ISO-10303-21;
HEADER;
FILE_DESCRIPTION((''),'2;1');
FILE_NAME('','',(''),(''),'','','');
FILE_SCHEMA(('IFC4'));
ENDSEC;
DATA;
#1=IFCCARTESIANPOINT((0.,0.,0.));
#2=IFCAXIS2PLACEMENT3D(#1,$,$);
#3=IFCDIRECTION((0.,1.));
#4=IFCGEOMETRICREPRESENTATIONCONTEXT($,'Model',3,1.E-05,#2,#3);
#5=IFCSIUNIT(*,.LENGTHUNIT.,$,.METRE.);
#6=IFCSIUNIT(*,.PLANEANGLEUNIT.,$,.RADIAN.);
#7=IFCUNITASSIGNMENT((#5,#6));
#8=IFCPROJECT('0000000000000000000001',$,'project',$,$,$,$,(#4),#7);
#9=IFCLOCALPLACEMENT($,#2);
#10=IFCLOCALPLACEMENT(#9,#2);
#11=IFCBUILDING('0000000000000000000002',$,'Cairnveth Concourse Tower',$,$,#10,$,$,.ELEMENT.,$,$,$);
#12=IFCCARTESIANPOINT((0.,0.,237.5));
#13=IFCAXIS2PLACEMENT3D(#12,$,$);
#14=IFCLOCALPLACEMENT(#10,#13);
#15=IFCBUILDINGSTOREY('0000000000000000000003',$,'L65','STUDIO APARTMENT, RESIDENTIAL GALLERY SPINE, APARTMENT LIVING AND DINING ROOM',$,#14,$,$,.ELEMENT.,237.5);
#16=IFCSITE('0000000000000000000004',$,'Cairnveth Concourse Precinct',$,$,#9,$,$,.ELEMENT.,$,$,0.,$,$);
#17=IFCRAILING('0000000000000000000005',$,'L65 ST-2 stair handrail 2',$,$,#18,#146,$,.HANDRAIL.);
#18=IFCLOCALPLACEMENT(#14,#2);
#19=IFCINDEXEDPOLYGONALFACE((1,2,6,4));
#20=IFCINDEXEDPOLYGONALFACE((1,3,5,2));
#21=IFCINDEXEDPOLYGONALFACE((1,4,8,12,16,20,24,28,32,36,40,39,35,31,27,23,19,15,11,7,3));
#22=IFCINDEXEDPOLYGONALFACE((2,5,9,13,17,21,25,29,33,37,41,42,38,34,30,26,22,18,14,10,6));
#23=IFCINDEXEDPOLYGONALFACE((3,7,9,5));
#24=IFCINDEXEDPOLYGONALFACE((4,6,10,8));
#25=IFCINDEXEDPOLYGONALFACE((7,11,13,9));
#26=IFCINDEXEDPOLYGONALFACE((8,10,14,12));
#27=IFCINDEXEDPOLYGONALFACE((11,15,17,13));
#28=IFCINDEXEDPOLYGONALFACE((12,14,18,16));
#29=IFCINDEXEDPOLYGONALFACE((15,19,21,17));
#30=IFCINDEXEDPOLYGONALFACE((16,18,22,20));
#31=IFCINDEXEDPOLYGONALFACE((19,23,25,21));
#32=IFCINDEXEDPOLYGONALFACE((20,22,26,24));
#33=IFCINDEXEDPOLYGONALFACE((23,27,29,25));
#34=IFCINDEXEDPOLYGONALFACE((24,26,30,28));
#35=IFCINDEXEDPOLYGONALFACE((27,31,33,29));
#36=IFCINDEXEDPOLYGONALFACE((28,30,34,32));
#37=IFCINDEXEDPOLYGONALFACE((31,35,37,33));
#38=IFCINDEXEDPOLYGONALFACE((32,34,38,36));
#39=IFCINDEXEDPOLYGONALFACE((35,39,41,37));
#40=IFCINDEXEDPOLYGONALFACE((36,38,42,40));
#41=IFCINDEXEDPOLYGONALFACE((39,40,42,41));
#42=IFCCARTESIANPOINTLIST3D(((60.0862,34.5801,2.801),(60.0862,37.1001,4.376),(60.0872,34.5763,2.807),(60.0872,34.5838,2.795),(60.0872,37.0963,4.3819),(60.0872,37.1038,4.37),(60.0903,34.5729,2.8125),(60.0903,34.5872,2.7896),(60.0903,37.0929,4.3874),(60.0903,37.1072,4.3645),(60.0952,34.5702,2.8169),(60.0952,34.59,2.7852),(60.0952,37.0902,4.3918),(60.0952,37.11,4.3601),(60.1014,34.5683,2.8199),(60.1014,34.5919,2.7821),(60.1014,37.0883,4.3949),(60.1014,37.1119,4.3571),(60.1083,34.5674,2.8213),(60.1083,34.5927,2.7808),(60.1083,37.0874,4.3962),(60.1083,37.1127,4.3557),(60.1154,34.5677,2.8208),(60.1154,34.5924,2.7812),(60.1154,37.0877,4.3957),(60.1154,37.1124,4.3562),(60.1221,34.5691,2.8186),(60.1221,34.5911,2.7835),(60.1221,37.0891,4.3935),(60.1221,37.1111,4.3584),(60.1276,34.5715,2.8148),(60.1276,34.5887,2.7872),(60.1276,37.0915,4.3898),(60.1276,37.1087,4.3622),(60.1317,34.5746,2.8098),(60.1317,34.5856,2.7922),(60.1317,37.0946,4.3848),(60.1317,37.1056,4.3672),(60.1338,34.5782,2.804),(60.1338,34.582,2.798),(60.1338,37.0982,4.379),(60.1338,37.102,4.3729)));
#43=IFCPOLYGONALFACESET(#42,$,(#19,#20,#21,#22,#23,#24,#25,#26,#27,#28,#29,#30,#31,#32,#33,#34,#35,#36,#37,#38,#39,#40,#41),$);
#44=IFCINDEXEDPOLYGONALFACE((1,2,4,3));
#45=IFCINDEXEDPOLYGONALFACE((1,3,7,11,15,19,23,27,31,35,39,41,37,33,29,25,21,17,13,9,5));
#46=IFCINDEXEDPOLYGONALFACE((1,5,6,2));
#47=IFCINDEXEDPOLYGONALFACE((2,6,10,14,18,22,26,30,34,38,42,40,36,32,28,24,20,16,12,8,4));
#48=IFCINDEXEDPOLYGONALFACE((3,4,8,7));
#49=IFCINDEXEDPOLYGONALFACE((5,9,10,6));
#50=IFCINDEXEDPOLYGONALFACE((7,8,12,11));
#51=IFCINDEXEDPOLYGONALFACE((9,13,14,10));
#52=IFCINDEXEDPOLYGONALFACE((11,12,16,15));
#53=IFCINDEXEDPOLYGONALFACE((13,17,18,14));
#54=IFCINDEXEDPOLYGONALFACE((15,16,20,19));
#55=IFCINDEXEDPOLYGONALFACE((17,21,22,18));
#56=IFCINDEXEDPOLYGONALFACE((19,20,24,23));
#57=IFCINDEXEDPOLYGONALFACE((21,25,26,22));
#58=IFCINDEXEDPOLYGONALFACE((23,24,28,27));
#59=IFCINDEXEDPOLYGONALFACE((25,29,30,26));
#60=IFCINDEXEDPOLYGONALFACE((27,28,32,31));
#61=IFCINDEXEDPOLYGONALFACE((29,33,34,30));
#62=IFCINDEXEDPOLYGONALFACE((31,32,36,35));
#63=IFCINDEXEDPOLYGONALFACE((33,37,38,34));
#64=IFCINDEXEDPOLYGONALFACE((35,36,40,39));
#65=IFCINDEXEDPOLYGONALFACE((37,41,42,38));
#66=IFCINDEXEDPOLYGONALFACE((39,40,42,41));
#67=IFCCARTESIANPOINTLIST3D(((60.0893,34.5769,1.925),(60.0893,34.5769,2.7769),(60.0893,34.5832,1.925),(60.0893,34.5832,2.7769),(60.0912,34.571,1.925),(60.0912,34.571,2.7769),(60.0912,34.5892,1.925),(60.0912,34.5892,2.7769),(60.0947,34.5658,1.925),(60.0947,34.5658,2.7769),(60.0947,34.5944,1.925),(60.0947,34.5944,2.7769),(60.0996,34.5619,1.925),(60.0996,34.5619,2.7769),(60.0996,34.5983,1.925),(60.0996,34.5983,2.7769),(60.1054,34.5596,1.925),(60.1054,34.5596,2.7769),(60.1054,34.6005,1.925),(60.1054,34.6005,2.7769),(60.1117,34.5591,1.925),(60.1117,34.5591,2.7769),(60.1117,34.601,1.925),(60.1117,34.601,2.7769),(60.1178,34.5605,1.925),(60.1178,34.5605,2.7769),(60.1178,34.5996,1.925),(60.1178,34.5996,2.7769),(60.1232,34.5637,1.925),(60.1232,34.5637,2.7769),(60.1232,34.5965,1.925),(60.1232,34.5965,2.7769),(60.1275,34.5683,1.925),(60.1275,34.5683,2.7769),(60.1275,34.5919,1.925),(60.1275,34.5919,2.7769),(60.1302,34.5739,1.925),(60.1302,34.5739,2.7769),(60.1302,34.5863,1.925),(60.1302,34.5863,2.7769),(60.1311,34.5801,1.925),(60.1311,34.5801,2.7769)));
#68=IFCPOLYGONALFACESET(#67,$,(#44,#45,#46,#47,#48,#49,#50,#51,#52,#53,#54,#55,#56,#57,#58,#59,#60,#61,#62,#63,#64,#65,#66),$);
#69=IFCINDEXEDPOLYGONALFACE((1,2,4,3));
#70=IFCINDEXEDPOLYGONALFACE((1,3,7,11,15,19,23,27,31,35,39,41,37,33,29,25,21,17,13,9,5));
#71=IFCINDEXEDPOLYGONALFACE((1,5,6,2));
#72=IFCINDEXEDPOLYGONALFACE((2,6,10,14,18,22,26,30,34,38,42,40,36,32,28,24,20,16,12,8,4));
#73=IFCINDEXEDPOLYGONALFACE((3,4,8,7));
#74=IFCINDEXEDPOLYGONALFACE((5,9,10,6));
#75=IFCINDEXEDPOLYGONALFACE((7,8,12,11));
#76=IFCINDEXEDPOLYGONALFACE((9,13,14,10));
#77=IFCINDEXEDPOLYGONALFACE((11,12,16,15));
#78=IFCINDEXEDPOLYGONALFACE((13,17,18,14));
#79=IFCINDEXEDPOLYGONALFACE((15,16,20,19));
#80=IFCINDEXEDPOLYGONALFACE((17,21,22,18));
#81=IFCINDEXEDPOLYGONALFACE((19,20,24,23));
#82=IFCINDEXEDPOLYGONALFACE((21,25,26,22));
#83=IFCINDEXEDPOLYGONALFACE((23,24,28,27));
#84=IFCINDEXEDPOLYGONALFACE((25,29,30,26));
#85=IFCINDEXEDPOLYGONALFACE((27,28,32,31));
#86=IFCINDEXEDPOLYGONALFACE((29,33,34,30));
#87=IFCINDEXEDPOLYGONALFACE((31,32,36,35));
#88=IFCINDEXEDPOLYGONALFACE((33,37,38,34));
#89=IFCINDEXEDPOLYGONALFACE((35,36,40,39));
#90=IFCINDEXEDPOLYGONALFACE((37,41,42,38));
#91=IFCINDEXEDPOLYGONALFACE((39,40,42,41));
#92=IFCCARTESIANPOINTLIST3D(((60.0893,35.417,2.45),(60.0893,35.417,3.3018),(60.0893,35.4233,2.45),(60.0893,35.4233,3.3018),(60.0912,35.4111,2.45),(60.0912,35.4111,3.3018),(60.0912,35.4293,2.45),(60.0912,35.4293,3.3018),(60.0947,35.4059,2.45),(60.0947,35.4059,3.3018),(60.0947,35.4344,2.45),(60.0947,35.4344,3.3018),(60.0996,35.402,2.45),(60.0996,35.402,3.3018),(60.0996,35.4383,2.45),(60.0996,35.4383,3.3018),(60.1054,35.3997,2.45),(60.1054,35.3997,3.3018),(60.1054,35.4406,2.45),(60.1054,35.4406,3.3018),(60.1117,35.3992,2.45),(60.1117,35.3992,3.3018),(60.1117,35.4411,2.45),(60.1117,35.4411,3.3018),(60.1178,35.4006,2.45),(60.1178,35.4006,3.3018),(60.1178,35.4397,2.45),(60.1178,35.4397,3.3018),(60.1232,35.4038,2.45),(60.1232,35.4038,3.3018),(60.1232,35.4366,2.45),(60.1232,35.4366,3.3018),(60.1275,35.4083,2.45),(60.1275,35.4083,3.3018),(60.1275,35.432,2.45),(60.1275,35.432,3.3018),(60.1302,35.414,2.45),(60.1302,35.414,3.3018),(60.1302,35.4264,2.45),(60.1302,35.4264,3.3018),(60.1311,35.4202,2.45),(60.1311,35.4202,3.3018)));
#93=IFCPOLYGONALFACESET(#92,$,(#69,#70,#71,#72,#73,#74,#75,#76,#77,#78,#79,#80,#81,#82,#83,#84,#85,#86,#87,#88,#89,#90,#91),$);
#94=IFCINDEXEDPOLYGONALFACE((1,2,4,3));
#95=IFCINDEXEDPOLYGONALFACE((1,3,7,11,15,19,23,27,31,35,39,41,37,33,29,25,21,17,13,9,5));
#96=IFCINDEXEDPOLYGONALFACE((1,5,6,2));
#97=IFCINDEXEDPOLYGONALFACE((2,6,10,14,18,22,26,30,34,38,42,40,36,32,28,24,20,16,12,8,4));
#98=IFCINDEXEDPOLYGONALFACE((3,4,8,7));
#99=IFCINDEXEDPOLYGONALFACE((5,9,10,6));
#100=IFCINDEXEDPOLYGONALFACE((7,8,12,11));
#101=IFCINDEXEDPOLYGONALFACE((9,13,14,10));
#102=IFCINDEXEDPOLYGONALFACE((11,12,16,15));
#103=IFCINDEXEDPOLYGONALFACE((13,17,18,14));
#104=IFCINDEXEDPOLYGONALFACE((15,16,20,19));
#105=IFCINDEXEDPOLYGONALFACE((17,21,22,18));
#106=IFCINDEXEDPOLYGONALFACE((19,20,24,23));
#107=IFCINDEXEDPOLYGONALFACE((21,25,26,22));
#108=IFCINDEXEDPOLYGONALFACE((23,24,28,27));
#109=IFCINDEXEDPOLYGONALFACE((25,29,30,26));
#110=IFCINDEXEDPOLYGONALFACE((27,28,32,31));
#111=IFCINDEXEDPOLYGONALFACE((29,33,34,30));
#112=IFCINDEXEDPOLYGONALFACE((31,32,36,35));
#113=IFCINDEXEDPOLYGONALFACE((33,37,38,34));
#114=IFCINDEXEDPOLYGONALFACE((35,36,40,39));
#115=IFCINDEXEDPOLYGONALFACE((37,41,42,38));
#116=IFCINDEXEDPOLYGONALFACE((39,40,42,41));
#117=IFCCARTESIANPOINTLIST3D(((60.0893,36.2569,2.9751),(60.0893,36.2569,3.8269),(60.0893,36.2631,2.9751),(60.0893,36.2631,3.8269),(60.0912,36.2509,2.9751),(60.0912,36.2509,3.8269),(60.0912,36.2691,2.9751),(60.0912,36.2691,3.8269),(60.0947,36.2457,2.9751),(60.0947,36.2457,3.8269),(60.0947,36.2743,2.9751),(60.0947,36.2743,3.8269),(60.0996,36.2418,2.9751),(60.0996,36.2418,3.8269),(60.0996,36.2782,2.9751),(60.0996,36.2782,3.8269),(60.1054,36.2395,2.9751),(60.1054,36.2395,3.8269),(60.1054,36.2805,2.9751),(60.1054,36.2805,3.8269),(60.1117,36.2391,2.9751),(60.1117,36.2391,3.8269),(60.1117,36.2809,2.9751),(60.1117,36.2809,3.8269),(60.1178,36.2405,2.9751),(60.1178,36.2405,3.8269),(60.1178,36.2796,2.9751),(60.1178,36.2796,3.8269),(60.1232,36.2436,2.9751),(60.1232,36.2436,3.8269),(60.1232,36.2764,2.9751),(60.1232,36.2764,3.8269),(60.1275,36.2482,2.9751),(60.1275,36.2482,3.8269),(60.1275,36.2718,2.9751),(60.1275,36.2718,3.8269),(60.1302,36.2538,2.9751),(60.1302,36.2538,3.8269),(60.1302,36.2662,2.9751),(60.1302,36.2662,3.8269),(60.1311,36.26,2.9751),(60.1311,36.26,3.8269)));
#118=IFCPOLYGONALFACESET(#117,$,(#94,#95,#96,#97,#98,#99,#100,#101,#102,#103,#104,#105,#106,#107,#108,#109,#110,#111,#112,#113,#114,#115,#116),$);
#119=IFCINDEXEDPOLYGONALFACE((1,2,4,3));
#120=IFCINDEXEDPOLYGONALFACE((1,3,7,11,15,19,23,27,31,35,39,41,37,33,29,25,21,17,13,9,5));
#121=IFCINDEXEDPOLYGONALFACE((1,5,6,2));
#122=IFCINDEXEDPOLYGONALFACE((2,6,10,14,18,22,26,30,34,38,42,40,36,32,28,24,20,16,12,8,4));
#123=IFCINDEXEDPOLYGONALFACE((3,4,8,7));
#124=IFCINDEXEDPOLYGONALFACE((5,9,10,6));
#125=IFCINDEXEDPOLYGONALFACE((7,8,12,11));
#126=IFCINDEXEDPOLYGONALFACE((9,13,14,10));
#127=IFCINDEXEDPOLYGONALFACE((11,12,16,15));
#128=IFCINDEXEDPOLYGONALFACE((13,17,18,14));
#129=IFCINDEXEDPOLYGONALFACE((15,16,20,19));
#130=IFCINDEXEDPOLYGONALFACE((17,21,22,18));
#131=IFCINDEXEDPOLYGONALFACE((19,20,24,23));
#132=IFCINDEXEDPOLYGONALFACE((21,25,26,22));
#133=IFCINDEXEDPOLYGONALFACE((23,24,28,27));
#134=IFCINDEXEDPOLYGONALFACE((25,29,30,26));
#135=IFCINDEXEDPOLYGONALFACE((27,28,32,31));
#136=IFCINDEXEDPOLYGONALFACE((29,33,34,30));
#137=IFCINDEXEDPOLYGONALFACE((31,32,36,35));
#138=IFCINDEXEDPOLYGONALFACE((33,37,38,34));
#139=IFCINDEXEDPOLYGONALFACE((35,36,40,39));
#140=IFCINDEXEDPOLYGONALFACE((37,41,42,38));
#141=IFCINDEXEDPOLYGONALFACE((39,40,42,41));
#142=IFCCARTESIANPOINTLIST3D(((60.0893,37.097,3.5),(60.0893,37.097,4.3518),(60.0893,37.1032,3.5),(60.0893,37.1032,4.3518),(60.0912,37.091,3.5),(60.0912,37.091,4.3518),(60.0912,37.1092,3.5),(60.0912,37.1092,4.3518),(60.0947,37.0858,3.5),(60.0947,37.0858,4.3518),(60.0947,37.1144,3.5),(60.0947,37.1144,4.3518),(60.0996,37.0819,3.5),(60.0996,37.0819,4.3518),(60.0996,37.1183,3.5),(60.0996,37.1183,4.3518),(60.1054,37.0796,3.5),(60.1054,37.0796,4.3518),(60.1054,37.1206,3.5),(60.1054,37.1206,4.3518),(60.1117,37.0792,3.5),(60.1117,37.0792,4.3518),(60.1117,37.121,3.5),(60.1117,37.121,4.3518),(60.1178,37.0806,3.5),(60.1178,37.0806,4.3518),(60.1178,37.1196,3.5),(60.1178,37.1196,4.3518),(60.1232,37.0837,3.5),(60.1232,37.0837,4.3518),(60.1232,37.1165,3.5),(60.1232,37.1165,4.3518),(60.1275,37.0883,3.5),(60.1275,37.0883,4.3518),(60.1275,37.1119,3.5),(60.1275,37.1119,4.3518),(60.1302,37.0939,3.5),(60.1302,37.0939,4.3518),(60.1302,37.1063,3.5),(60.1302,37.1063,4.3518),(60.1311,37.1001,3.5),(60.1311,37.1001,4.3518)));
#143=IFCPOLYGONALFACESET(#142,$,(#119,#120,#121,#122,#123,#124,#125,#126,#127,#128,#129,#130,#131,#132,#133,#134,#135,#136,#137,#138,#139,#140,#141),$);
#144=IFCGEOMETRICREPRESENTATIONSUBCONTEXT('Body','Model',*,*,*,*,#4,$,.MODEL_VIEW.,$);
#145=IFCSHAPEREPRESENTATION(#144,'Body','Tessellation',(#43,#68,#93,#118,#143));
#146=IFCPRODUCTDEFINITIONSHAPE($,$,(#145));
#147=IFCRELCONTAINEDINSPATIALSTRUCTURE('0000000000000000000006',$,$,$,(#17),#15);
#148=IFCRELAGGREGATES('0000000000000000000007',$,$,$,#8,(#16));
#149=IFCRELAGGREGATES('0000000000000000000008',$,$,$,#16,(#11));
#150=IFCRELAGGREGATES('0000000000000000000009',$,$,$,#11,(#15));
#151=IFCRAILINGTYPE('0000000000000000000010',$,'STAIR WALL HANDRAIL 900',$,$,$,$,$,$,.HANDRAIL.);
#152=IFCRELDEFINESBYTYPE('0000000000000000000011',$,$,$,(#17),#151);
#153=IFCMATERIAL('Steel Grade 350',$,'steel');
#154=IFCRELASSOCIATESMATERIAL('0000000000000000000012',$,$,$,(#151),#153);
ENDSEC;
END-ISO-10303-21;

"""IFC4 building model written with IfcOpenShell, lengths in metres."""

from ifc_helpers import new_model, si_unit, direction, frame, origin, origin_2d, place, context, subcontext, project, spatial, circle, extrude, material, type_object, element, save


model = new_model("IFC4")

# Units and contexts
model_context = context("Model", 3, precision=1e-05, world=origin(), true_north=direction((0.0, 1.0)))
body_context = subcontext(model_context, "Body", "Model", "MODEL_VIEW")
ifc_project = project(units=[si_unit("LENGTHUNIT", "METRE"), si_unit("PLANEANGLEUNIT", "RADIAN")], contexts=[model_context])

# Site, building, storey
site_placement = place(None, origin())
site = spatial("IfcSite", under=ifc_project, at=site_placement, Name="Cairnveth Concourse Precinct", CompositionType="ELEMENT", RefElevation=0.0)
building_placement = place(site_placement, origin())
building = spatial("IfcBuilding", under=site, at=building_placement, Name="Cairnveth Concourse Tower", CompositionType="ELEMENT")
storey_placement = place(building_placement, frame((0.0, 0.0, 237.5)))
storey = spatial("IfcBuildingStorey", under=building, at=storey_placement, Name="L65", Description="STUDIO APARTMENT, RESIDENTIAL GALLERY SPINE, APARTMENT LIVING AND DINING ROOM", CompositionType="ELEMENT", Elevation=237.5)

# Shared definitions
ifc_material_1 = material(Name="Steel Grade 350", Category="steel")

# Railing
railing_type_1 = type_object("IfcRailingType", Name="STAIR WALL HANDRAIL 900", PredefinedType="HANDRAIL", material=ifc_material_1)
railing_1_placement = place(storey_placement, frame((60.1101, 34.5801, 1.925)))
element("IfcRailing", 1, at=railing_1_placement, inside=storey, type_object=railing_type_1, Name="L65 ST-2 stair handrail 2", PredefinedType="HANDRAIL", context=body_context, shape_type="SweptSolid", body=[
    extrude(circle(Radius=0.0239, at=origin_2d()), frame((0.0, 0.0, 0.876), z_axis=(0.0, 0.848008, 0.529984), x_axis=(-1.0, 0.0, 0.0)), (0.0, 0.0, 1.0), 2.9717),
    extrude(circle(Radius=0.021, at=origin_2d()), origin(), (0.0, 0.0, 1.0), 0.8518),
    extrude(circle(Radius=0.021, at=origin_2d()), frame((0.0, 0.8401, 0.5249)), (0.0, 0.0, 1.0), 0.8518),
    extrude(circle(Radius=0.021, at=origin_2d()), frame((0.0, 1.6799, 1.05)), (0.0, 0.0, 1.0), 0.8518),
    extrude(circle(Radius=0.021, at=origin_2d()), frame((0.0, 2.52, 1.575)), (0.0, 0.0, 1.0), 0.8518),
])

save(model, "model.ifc")
